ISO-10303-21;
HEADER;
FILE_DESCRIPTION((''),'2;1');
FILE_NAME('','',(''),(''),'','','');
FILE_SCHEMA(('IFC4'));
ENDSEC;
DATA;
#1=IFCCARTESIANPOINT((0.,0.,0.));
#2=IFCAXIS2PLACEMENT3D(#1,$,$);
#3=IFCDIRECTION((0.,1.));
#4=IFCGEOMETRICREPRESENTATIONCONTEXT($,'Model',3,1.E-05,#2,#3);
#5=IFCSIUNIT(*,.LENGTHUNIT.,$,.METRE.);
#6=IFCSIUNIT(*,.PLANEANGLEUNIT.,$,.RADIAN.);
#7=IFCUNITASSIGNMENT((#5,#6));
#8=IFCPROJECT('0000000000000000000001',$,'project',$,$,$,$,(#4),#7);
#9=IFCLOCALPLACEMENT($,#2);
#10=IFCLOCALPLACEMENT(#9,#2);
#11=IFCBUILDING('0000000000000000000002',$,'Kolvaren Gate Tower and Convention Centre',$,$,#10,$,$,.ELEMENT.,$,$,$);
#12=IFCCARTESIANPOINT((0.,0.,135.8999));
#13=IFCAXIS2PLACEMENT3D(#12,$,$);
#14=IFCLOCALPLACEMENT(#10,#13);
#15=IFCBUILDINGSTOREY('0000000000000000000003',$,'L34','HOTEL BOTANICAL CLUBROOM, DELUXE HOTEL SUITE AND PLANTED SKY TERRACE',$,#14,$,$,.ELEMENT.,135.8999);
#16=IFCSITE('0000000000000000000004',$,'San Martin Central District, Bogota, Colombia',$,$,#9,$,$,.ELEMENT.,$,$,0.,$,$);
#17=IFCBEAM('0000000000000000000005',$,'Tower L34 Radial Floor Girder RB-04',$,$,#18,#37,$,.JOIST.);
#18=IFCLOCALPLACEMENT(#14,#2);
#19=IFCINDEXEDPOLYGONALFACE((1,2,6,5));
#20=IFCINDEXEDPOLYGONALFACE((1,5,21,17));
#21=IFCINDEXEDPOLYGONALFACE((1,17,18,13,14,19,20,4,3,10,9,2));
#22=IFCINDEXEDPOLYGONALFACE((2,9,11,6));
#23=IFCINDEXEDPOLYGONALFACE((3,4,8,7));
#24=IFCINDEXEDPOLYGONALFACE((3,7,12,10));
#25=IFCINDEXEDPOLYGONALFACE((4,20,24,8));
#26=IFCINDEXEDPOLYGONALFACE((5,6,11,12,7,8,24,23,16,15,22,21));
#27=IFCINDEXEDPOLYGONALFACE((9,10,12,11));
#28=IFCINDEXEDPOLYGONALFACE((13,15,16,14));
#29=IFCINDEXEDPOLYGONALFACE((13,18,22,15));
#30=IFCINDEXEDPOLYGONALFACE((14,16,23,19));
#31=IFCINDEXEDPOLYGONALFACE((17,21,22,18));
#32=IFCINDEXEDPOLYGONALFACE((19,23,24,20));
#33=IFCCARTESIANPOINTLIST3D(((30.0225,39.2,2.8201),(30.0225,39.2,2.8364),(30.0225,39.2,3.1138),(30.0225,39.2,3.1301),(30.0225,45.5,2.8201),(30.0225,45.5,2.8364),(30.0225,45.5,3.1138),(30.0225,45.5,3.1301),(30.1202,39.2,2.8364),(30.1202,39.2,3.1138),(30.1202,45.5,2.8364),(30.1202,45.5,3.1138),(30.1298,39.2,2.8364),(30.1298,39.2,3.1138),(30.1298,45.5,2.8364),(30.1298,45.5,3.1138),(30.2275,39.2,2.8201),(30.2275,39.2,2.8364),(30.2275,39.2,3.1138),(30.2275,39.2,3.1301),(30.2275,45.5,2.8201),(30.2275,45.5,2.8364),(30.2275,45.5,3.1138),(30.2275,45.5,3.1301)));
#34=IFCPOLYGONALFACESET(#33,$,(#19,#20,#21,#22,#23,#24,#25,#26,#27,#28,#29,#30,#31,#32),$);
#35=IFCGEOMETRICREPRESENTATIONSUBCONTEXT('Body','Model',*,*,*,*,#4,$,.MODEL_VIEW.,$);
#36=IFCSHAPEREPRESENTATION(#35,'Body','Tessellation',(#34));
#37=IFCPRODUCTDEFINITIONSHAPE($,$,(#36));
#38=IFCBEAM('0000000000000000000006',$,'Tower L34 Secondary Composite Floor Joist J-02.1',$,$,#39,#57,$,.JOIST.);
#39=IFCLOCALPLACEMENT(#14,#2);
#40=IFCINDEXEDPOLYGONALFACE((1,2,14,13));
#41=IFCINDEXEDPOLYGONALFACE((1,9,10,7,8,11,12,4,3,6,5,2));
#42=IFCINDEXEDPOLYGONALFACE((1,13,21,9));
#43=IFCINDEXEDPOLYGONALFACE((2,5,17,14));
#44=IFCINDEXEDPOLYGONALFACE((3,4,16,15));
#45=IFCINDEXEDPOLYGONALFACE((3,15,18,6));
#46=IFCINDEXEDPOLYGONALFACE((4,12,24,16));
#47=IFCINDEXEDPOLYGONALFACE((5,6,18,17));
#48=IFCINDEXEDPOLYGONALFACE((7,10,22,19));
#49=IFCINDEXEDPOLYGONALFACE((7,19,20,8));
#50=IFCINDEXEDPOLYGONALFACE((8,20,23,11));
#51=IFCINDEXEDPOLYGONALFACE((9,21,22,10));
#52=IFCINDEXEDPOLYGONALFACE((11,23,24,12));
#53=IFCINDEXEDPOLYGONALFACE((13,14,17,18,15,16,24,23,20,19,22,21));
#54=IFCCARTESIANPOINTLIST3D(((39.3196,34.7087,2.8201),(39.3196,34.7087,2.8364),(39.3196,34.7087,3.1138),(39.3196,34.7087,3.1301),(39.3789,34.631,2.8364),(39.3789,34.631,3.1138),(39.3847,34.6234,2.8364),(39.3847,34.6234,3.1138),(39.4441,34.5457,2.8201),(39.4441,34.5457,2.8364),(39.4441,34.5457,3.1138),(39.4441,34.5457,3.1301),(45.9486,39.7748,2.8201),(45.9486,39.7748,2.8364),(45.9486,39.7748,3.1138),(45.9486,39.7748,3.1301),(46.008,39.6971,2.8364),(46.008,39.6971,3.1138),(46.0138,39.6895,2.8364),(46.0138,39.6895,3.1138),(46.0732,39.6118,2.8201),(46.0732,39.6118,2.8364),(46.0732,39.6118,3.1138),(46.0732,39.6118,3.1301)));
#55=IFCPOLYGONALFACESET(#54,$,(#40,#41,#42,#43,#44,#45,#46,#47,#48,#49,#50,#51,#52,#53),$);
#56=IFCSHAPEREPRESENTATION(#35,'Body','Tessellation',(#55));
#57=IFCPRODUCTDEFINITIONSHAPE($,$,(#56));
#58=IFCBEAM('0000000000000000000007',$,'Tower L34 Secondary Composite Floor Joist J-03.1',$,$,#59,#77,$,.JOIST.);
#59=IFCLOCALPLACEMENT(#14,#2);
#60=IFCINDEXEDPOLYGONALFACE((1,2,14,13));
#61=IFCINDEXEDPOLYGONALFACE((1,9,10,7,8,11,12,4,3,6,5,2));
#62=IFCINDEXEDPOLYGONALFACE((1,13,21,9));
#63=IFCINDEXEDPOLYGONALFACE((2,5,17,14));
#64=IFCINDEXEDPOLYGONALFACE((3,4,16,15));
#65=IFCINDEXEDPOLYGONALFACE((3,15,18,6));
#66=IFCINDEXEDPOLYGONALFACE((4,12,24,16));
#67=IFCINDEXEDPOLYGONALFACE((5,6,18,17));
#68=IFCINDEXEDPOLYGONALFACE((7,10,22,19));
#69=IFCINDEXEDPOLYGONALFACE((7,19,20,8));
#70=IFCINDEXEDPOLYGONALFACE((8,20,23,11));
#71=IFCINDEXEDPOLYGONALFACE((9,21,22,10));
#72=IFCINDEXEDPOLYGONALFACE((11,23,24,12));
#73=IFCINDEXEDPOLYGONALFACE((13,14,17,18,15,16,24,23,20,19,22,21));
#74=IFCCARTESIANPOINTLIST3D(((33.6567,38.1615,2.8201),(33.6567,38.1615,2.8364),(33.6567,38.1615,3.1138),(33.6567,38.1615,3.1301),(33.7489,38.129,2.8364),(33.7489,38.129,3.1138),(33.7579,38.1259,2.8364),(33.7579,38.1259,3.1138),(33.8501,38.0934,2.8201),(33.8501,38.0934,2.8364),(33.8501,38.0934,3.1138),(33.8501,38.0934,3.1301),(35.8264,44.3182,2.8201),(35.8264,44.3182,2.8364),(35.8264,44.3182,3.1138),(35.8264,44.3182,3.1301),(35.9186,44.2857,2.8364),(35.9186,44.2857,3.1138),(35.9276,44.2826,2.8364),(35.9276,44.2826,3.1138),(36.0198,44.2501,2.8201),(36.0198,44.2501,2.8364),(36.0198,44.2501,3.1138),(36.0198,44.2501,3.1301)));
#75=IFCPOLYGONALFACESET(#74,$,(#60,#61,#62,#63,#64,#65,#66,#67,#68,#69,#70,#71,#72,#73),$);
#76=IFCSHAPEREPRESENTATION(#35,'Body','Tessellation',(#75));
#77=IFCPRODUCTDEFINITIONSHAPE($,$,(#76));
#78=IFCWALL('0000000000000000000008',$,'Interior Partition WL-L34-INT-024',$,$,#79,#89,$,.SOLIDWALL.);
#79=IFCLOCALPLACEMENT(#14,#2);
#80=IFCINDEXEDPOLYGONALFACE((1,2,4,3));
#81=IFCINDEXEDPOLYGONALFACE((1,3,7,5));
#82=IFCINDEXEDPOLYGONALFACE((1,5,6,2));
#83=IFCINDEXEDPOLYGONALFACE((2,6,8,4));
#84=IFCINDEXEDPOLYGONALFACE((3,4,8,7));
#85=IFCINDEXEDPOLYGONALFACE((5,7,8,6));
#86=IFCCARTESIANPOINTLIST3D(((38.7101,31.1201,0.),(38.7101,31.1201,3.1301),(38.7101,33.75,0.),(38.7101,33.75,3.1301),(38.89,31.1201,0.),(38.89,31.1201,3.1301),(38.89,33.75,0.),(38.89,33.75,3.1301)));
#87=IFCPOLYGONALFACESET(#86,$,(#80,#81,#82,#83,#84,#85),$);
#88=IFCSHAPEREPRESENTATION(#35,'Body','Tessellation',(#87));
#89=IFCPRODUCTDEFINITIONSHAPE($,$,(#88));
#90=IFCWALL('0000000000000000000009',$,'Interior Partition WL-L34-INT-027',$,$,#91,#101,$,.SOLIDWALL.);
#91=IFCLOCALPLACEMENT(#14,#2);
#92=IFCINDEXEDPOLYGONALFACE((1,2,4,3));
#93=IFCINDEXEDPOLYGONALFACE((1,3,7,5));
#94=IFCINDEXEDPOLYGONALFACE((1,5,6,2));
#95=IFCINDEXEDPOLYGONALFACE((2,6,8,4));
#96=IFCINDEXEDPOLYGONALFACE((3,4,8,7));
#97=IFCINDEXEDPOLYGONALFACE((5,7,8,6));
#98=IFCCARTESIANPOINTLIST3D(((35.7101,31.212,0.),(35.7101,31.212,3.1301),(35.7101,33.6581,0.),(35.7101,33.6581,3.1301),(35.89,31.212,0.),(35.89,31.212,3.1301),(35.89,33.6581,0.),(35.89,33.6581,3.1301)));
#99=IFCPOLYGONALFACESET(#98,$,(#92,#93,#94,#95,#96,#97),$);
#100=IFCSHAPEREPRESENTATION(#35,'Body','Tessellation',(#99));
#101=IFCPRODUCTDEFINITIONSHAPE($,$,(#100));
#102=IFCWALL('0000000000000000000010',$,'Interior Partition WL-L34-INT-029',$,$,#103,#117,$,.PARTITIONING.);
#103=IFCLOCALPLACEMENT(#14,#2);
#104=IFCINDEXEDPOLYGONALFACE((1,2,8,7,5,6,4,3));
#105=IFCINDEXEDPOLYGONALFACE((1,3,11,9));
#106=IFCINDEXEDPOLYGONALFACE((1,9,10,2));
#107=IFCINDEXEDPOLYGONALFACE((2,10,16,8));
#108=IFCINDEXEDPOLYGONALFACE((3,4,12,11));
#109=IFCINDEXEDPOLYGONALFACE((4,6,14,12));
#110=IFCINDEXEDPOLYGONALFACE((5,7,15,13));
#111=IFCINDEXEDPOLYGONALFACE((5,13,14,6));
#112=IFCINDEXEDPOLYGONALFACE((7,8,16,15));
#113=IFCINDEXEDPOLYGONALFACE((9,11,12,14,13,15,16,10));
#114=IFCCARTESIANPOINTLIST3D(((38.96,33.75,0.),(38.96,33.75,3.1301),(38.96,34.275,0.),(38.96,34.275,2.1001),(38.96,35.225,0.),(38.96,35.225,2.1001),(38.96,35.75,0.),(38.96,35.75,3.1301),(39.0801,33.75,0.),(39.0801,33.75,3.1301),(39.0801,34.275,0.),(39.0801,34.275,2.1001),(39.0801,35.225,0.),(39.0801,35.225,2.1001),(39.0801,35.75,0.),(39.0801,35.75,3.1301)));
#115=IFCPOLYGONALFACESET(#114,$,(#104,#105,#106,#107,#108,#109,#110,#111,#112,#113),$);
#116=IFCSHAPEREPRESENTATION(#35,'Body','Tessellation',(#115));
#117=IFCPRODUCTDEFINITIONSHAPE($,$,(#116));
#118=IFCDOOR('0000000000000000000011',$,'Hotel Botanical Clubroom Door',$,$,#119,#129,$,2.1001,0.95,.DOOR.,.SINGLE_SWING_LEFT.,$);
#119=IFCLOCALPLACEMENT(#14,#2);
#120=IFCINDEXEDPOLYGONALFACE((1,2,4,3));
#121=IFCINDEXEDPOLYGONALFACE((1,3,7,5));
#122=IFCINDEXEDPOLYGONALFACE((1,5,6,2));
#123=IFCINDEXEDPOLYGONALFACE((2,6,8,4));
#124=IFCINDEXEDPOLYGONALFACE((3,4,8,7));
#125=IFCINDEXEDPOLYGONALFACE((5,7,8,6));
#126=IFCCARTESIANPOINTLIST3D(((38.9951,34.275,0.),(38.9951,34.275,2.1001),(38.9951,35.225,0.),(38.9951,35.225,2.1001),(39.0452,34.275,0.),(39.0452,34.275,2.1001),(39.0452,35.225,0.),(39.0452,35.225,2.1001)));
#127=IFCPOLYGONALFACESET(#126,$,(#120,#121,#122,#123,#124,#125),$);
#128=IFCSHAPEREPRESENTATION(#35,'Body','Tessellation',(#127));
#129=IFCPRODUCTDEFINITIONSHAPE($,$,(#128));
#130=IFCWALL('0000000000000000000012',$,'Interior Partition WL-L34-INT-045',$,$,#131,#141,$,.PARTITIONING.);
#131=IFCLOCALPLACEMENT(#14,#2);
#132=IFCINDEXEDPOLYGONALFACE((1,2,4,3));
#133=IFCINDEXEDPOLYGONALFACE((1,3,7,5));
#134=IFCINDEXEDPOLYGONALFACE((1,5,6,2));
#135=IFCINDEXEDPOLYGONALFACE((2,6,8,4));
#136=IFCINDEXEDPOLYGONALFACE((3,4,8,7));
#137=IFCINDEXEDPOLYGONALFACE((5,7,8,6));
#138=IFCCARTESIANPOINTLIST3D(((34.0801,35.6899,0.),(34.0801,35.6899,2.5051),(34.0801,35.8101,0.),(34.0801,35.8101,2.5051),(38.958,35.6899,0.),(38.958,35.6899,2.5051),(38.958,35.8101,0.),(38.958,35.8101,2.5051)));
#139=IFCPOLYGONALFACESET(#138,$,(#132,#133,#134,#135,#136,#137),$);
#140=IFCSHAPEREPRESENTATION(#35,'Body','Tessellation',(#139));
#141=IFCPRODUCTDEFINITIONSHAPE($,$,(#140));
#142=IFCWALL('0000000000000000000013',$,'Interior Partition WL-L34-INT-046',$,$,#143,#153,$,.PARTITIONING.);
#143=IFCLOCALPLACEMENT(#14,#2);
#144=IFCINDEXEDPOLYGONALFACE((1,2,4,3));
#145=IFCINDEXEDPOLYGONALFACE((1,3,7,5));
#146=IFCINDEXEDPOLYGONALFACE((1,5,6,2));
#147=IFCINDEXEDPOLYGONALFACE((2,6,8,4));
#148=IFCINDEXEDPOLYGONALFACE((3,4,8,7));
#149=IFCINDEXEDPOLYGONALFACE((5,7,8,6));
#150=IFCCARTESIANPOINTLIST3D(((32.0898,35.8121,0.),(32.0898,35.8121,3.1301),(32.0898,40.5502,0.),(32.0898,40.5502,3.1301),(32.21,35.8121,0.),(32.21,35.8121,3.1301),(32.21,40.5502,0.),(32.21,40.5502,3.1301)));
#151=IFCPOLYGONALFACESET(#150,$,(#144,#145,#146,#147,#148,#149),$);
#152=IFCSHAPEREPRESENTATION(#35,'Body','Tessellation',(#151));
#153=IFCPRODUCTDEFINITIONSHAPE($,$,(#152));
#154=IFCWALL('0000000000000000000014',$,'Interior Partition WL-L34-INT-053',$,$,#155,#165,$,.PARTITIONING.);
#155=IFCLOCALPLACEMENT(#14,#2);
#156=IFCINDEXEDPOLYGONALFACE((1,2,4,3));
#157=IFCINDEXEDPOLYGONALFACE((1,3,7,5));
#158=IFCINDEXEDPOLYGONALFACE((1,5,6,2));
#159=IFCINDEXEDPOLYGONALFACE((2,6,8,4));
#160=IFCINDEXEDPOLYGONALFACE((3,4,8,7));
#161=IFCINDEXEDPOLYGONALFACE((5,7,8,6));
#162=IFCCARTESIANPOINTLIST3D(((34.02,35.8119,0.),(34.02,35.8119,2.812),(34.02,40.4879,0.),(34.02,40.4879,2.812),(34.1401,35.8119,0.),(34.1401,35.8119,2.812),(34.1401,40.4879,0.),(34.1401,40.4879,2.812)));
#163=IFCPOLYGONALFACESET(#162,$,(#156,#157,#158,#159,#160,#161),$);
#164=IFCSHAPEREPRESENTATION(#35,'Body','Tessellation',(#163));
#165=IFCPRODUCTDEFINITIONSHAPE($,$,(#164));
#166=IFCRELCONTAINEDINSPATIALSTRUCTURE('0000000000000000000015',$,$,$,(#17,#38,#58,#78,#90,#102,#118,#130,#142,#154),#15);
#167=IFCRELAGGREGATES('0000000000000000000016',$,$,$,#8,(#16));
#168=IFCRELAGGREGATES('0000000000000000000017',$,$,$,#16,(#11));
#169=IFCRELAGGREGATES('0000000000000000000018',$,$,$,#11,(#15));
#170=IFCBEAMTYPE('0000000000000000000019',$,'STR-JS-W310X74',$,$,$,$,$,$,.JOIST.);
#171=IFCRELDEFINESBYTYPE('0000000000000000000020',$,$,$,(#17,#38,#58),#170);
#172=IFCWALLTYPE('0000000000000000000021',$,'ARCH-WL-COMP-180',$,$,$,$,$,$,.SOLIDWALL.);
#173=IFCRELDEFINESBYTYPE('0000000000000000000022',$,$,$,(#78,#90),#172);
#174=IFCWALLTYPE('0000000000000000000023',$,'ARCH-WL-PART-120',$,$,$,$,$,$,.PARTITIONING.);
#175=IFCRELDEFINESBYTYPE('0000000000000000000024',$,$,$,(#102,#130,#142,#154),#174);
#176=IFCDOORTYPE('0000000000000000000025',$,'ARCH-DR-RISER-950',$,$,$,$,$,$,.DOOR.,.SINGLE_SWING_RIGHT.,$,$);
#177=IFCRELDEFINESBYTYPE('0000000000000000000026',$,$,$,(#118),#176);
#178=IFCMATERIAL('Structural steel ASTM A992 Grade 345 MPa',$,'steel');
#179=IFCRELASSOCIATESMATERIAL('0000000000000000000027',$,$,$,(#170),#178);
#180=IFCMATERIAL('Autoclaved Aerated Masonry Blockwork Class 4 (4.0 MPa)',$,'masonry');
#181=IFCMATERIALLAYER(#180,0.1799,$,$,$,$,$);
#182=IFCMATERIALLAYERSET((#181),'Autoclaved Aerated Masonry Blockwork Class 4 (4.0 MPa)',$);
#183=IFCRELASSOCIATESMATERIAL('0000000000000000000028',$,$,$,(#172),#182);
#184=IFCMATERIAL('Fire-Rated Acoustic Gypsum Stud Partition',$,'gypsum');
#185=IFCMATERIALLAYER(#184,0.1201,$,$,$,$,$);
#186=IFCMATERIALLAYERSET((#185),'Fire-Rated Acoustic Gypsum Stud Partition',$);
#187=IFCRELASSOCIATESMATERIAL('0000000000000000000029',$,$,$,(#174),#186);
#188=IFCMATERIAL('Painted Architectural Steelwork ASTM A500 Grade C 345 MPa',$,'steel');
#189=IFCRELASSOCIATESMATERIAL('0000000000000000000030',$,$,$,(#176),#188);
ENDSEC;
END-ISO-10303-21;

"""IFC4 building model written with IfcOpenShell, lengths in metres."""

from ifc_helpers import new_model, si_unit, direction, frame, frame_2d, origin, origin_2d, place, context, subcontext, project, spatial, rectangle, i_section, extrude, material, layer, layer_set, material_profile, profile_set, type_object, element, fill, save


model = new_model("IFC4")

# Units and contexts
model_context = context("Model", 3, precision=1e-05, world=origin(), true_north=direction((0.0, 1.0)))
body_context = subcontext(model_context, "Body", "Model", "MODEL_VIEW")
ifc_project = project(units=[si_unit("LENGTHUNIT", "METRE"), si_unit("PLANEANGLEUNIT", "RADIAN")], contexts=[model_context])

# Site, building, storey
site_placement = place(None, origin())
site = spatial("IfcSite", under=ifc_project, at=site_placement, Name="San Martin Central District, Bogota, Colombia", CompositionType="ELEMENT", RefElevation=0.0)
building_placement = place(site_placement, origin())
building = spatial("IfcBuilding", under=site, at=building_placement, Name="Kolvaren Gate Tower and Convention Centre", CompositionType="ELEMENT")
storey_placement = place(building_placement, frame((0.0, 0.0, 135.8999)))
storey = spatial("IfcBuildingStorey", under=building, at=storey_placement, Name="L34", Description="HOTEL BOTANICAL CLUBROOM, DELUXE HOTEL SUITE AND PLANTED SKY TERRACE", CompositionType="ELEMENT", Elevation=135.8999)

# Beams
ifc_material_1 = material(Name="Structural steel ASTM A992 Grade 345 MPa", Category="steel")
ifc_material_profile_1 = material_profile(ifc_material_1, i_section(OverallWidth=0.2051, OverallDepth=0.3101, WebThickness=0.0095, FlangeThickness=0.0164, at=origin_2d()), Name="W310X74")
ifc_profile_set_1 = profile_set([ifc_material_profile_1], Name="Structural steel ASTM A992 Grade 345 MPa")
beam_type_1 = type_object("IfcBeamType", Name="STR-JS-W310X74", PredefinedType="JOIST", material=ifc_profile_set_1)
beam_1_placement = place(storey_placement, frame((30.125, 39.2, 2.9751), z_axis=(0.0, 1.0, 0.0), x_axis=(-1.0, 0.0, 0.0)))
element("IfcBeam", 1, at=beam_1_placement, inside=storey, type_object=beam_type_1, Name="Tower L34 Radial Floor Girder RB-04", PredefinedType="JOIST", context=body_context, shape_type="SweptSolid", body=[
    extrude(i_section(OverallWidth=0.2051, OverallDepth=0.3101, WebThickness=0.0095, FlangeThickness=0.0164, at=origin_2d()), origin(), (0.0, 0.0, 1.0), 6.3),
])
beam_2_placement = place(storey_placement, frame((39.3818, 34.6272, 2.9751), z_axis=(0.794542, 0.607209, 0.0), x_axis=(-0.607209, 0.794542, 0.0)))
element("IfcBeam", 2, at=beam_2_placement, inside=storey, type_object=beam_type_1, Name="Tower L34 Secondary Composite Floor Joist J-02.1", PredefinedType="JOIST", context=body_context, shape_type="SweptSolid", body=[
    extrude(i_section(OverallWidth=0.2051, OverallDepth=0.3101, WebThickness=0.0095, FlangeThickness=0.0164, at=origin_2d()), origin(), (0.0, 0.0, 1.0), 8.3433),
])
beam_3_placement = place(storey_placement, frame((33.7534, 38.1274, 2.9751), z_axis=(0.332372, 0.943148, 0.0), x_axis=(-0.943148, 0.332372, 0.0)))
element("IfcBeam", 3, at=beam_3_placement, inside=storey, type_object=beam_type_1, Name="Tower L34 Secondary Composite Floor Joist J-03.1", PredefinedType="JOIST", context=body_context, shape_type="SweptSolid", body=[
    extrude(i_section(OverallWidth=0.2051, OverallDepth=0.3101, WebThickness=0.0095, FlangeThickness=0.0164, at=origin_2d()), origin(), (0.0, 0.0, 1.0), 6.5278),
])

# Walls
ifc_material_2 = material(Name="Autoclaved Aerated Masonry Blockwork Class 4 (4.0 MPa)", Category="masonry")
ifc_layer_1 = layer(ifc_material_2, 0.1799)
ifc_layer_set_1 = layer_set([ifc_layer_1], Name="Autoclaved Aerated Masonry Blockwork Class 4 (4.0 MPa)")
wall_type_1 = type_object("IfcWallType", Name="ARCH-WL-COMP-180", PredefinedType="SOLIDWALL", material=ifc_layer_set_1)
wall_1_placement = place(storey_placement, frame((38.8, 31.1201, 0.0), z_axis=(0.0, 0.0, 1.0), x_axis=(0.0, 1.0, 0.0)))
element("IfcWall", 4, at=wall_1_placement, inside=storey, type_object=wall_type_1, Name="Interior Partition WL-L34-INT-024", PredefinedType="SOLIDWALL", context=body_context, shape_type="SweptSolid", body=[
    extrude(rectangle(XDim=2.6299, YDim=0.1799, at=frame_2d((1.3149, 0.0))), origin(), (0.0, 0.0, 1.0), 3.1301),
])
wall_2_placement = place(storey_placement, frame((35.8, 31.2119, 0.0), z_axis=(0.0, 0.0, 1.0), x_axis=(0.0, 1.0, 0.0)))
element("IfcWall", 5, at=wall_2_placement, inside=storey, type_object=wall_type_1, Name="Interior Partition WL-L34-INT-027", PredefinedType="SOLIDWALL", context=body_context, shape_type="SweptSolid", body=[
    extrude(rectangle(XDim=2.446, YDim=0.1799, at=frame_2d((1.2231, 0.0))), origin(), (0.0, 0.0, 1.0), 3.1301),
])

# Wall, opening, door
ifc_material_3 = material(Name="Fire-Rated Acoustic Gypsum Stud Partition", Category="gypsum")
ifc_layer_2 = layer(ifc_material_3, 0.1201)
ifc_layer_set_2 = layer_set([ifc_layer_2], Name="Fire-Rated Acoustic Gypsum Stud Partition")
wall_type_2 = type_object("IfcWallType", Name="ARCH-WL-PART-120", PredefinedType="PARTITIONING", material=ifc_layer_set_2)
wall_3_placement = place(storey_placement, frame((39.02, 33.75, 0.0), z_axis=(0.0, 0.0, 1.0), x_axis=(0.0, 1.0, 0.0)))
wall_3 = element("IfcWall", 6, at=wall_3_placement, inside=storey, type_object=wall_type_2, Name="Interior Partition WL-L34-INT-029", PredefinedType="PARTITIONING", context=body_context, shape_type="SweptSolid", body=[
    extrude(rectangle(XDim=2.0, YDim=0.1201, at=frame_2d((1.0, 0.0))), origin(), (0.0, 0.0, 1.0), 3.1301),
])
opening_1_placement = place(wall_3_placement, frame((0.5249, 0.0, 0.0)))
opening_1 = element("IfcOpeningElement", 7, at=opening_1_placement, cuts=wall_3, PredefinedType="OPENING", context=body_context, shape_type="SweptSolid", body=[
    extrude(rectangle(XDim=0.95, YDim=2.1001, at=frame_2d((0.4751, 1.05))), frame((0.0, 0.0701, 0.0), z_axis=(0.0, -1.0, 0.0), x_axis=(1.0, 0.0, 0.0)), (0.0, 0.0, 1.0), 0.1401),
])
ifc_material_4 = material(Name="Painted Architectural Steelwork ASTM A500 Grade C 345 MPa", Category="steel")
door_type = type_object("IfcDoorType", Name="ARCH-DR-RISER-950", OperationType="SINGLE_SWING_RIGHT", PredefinedType="DOOR", material=ifc_material_4)
door_1_placement = place(opening_1_placement, origin())
door_1 = element("IfcDoor", 8, at=door_1_placement, inside=storey, type_object=door_type, Name="Hotel Botanical Clubroom Door", OperationType="SINGLE_SWING_LEFT", OverallHeight=2.1001, OverallWidth=0.95, PredefinedType="DOOR", context=body_context, shape_type="SweptSolid", body=[
    extrude(rectangle(XDim=0.95, YDim=2.1001, at=frame_2d((0.4751, 1.05))), frame((0.0, 0.0249, 0.0), z_axis=(0.0, -1.0, 0.0), x_axis=(1.0, 0.0, 0.0)), (0.0, 0.0, 1.0), 0.05),
])
fill(opening_1, door_1)

# Walls
wall_4_placement = place(storey_placement, frame((34.0801, 35.75, 0.0), z_axis=(0.0, 0.0, 1.0), x_axis=(1.0, 0.0, 0.0)))
element("IfcWall", 9, at=wall_4_placement, inside=storey, type_object=wall_type_2, Name="Interior Partition WL-L34-INT-045", PredefinedType="PARTITIONING", context=body_context, shape_type="SweptSolid", body=[
    extrude(rectangle(XDim=4.8779, YDim=0.1201, at=frame_2d((2.439, 0.0))), origin(), (0.0, 0.0, 1.0), 2.5051),
])
wall_5_placement = place(storey_placement, frame((32.1499, 35.812, 0.0), z_axis=(0.0, 0.0, 1.0), x_axis=(0.0, 1.0, 0.0)))
element("IfcWall", 10, at=wall_5_placement, inside=storey, type_object=wall_type_2, Name="Interior Partition WL-L34-INT-046", PredefinedType="PARTITIONING", context=body_context, shape_type="SweptSolid", body=[
    extrude(rectangle(XDim=4.738, YDim=0.1201, at=frame_2d((2.3691, 0.0))), origin(), (0.0, 0.0, 1.0), 3.1301),
])
wall_6_placement = place(storey_placement, frame((34.0801, 35.812, 0.0), z_axis=(0.0, 0.0, 1.0), x_axis=(0.0, 1.0, 0.0)))
element("IfcWall", 11, at=wall_6_placement, inside=storey, type_object=wall_type_2, Name="Interior Partition WL-L34-INT-053", PredefinedType="PARTITIONING", context=body_context, shape_type="SweptSolid", body=[
    extrude(rectangle(XDim=4.676, YDim=0.1201, at=frame_2d((2.3379, 0.0))), origin(), (0.0, 0.0, 1.0), 2.812),
])

save(model, "model.ifc")
